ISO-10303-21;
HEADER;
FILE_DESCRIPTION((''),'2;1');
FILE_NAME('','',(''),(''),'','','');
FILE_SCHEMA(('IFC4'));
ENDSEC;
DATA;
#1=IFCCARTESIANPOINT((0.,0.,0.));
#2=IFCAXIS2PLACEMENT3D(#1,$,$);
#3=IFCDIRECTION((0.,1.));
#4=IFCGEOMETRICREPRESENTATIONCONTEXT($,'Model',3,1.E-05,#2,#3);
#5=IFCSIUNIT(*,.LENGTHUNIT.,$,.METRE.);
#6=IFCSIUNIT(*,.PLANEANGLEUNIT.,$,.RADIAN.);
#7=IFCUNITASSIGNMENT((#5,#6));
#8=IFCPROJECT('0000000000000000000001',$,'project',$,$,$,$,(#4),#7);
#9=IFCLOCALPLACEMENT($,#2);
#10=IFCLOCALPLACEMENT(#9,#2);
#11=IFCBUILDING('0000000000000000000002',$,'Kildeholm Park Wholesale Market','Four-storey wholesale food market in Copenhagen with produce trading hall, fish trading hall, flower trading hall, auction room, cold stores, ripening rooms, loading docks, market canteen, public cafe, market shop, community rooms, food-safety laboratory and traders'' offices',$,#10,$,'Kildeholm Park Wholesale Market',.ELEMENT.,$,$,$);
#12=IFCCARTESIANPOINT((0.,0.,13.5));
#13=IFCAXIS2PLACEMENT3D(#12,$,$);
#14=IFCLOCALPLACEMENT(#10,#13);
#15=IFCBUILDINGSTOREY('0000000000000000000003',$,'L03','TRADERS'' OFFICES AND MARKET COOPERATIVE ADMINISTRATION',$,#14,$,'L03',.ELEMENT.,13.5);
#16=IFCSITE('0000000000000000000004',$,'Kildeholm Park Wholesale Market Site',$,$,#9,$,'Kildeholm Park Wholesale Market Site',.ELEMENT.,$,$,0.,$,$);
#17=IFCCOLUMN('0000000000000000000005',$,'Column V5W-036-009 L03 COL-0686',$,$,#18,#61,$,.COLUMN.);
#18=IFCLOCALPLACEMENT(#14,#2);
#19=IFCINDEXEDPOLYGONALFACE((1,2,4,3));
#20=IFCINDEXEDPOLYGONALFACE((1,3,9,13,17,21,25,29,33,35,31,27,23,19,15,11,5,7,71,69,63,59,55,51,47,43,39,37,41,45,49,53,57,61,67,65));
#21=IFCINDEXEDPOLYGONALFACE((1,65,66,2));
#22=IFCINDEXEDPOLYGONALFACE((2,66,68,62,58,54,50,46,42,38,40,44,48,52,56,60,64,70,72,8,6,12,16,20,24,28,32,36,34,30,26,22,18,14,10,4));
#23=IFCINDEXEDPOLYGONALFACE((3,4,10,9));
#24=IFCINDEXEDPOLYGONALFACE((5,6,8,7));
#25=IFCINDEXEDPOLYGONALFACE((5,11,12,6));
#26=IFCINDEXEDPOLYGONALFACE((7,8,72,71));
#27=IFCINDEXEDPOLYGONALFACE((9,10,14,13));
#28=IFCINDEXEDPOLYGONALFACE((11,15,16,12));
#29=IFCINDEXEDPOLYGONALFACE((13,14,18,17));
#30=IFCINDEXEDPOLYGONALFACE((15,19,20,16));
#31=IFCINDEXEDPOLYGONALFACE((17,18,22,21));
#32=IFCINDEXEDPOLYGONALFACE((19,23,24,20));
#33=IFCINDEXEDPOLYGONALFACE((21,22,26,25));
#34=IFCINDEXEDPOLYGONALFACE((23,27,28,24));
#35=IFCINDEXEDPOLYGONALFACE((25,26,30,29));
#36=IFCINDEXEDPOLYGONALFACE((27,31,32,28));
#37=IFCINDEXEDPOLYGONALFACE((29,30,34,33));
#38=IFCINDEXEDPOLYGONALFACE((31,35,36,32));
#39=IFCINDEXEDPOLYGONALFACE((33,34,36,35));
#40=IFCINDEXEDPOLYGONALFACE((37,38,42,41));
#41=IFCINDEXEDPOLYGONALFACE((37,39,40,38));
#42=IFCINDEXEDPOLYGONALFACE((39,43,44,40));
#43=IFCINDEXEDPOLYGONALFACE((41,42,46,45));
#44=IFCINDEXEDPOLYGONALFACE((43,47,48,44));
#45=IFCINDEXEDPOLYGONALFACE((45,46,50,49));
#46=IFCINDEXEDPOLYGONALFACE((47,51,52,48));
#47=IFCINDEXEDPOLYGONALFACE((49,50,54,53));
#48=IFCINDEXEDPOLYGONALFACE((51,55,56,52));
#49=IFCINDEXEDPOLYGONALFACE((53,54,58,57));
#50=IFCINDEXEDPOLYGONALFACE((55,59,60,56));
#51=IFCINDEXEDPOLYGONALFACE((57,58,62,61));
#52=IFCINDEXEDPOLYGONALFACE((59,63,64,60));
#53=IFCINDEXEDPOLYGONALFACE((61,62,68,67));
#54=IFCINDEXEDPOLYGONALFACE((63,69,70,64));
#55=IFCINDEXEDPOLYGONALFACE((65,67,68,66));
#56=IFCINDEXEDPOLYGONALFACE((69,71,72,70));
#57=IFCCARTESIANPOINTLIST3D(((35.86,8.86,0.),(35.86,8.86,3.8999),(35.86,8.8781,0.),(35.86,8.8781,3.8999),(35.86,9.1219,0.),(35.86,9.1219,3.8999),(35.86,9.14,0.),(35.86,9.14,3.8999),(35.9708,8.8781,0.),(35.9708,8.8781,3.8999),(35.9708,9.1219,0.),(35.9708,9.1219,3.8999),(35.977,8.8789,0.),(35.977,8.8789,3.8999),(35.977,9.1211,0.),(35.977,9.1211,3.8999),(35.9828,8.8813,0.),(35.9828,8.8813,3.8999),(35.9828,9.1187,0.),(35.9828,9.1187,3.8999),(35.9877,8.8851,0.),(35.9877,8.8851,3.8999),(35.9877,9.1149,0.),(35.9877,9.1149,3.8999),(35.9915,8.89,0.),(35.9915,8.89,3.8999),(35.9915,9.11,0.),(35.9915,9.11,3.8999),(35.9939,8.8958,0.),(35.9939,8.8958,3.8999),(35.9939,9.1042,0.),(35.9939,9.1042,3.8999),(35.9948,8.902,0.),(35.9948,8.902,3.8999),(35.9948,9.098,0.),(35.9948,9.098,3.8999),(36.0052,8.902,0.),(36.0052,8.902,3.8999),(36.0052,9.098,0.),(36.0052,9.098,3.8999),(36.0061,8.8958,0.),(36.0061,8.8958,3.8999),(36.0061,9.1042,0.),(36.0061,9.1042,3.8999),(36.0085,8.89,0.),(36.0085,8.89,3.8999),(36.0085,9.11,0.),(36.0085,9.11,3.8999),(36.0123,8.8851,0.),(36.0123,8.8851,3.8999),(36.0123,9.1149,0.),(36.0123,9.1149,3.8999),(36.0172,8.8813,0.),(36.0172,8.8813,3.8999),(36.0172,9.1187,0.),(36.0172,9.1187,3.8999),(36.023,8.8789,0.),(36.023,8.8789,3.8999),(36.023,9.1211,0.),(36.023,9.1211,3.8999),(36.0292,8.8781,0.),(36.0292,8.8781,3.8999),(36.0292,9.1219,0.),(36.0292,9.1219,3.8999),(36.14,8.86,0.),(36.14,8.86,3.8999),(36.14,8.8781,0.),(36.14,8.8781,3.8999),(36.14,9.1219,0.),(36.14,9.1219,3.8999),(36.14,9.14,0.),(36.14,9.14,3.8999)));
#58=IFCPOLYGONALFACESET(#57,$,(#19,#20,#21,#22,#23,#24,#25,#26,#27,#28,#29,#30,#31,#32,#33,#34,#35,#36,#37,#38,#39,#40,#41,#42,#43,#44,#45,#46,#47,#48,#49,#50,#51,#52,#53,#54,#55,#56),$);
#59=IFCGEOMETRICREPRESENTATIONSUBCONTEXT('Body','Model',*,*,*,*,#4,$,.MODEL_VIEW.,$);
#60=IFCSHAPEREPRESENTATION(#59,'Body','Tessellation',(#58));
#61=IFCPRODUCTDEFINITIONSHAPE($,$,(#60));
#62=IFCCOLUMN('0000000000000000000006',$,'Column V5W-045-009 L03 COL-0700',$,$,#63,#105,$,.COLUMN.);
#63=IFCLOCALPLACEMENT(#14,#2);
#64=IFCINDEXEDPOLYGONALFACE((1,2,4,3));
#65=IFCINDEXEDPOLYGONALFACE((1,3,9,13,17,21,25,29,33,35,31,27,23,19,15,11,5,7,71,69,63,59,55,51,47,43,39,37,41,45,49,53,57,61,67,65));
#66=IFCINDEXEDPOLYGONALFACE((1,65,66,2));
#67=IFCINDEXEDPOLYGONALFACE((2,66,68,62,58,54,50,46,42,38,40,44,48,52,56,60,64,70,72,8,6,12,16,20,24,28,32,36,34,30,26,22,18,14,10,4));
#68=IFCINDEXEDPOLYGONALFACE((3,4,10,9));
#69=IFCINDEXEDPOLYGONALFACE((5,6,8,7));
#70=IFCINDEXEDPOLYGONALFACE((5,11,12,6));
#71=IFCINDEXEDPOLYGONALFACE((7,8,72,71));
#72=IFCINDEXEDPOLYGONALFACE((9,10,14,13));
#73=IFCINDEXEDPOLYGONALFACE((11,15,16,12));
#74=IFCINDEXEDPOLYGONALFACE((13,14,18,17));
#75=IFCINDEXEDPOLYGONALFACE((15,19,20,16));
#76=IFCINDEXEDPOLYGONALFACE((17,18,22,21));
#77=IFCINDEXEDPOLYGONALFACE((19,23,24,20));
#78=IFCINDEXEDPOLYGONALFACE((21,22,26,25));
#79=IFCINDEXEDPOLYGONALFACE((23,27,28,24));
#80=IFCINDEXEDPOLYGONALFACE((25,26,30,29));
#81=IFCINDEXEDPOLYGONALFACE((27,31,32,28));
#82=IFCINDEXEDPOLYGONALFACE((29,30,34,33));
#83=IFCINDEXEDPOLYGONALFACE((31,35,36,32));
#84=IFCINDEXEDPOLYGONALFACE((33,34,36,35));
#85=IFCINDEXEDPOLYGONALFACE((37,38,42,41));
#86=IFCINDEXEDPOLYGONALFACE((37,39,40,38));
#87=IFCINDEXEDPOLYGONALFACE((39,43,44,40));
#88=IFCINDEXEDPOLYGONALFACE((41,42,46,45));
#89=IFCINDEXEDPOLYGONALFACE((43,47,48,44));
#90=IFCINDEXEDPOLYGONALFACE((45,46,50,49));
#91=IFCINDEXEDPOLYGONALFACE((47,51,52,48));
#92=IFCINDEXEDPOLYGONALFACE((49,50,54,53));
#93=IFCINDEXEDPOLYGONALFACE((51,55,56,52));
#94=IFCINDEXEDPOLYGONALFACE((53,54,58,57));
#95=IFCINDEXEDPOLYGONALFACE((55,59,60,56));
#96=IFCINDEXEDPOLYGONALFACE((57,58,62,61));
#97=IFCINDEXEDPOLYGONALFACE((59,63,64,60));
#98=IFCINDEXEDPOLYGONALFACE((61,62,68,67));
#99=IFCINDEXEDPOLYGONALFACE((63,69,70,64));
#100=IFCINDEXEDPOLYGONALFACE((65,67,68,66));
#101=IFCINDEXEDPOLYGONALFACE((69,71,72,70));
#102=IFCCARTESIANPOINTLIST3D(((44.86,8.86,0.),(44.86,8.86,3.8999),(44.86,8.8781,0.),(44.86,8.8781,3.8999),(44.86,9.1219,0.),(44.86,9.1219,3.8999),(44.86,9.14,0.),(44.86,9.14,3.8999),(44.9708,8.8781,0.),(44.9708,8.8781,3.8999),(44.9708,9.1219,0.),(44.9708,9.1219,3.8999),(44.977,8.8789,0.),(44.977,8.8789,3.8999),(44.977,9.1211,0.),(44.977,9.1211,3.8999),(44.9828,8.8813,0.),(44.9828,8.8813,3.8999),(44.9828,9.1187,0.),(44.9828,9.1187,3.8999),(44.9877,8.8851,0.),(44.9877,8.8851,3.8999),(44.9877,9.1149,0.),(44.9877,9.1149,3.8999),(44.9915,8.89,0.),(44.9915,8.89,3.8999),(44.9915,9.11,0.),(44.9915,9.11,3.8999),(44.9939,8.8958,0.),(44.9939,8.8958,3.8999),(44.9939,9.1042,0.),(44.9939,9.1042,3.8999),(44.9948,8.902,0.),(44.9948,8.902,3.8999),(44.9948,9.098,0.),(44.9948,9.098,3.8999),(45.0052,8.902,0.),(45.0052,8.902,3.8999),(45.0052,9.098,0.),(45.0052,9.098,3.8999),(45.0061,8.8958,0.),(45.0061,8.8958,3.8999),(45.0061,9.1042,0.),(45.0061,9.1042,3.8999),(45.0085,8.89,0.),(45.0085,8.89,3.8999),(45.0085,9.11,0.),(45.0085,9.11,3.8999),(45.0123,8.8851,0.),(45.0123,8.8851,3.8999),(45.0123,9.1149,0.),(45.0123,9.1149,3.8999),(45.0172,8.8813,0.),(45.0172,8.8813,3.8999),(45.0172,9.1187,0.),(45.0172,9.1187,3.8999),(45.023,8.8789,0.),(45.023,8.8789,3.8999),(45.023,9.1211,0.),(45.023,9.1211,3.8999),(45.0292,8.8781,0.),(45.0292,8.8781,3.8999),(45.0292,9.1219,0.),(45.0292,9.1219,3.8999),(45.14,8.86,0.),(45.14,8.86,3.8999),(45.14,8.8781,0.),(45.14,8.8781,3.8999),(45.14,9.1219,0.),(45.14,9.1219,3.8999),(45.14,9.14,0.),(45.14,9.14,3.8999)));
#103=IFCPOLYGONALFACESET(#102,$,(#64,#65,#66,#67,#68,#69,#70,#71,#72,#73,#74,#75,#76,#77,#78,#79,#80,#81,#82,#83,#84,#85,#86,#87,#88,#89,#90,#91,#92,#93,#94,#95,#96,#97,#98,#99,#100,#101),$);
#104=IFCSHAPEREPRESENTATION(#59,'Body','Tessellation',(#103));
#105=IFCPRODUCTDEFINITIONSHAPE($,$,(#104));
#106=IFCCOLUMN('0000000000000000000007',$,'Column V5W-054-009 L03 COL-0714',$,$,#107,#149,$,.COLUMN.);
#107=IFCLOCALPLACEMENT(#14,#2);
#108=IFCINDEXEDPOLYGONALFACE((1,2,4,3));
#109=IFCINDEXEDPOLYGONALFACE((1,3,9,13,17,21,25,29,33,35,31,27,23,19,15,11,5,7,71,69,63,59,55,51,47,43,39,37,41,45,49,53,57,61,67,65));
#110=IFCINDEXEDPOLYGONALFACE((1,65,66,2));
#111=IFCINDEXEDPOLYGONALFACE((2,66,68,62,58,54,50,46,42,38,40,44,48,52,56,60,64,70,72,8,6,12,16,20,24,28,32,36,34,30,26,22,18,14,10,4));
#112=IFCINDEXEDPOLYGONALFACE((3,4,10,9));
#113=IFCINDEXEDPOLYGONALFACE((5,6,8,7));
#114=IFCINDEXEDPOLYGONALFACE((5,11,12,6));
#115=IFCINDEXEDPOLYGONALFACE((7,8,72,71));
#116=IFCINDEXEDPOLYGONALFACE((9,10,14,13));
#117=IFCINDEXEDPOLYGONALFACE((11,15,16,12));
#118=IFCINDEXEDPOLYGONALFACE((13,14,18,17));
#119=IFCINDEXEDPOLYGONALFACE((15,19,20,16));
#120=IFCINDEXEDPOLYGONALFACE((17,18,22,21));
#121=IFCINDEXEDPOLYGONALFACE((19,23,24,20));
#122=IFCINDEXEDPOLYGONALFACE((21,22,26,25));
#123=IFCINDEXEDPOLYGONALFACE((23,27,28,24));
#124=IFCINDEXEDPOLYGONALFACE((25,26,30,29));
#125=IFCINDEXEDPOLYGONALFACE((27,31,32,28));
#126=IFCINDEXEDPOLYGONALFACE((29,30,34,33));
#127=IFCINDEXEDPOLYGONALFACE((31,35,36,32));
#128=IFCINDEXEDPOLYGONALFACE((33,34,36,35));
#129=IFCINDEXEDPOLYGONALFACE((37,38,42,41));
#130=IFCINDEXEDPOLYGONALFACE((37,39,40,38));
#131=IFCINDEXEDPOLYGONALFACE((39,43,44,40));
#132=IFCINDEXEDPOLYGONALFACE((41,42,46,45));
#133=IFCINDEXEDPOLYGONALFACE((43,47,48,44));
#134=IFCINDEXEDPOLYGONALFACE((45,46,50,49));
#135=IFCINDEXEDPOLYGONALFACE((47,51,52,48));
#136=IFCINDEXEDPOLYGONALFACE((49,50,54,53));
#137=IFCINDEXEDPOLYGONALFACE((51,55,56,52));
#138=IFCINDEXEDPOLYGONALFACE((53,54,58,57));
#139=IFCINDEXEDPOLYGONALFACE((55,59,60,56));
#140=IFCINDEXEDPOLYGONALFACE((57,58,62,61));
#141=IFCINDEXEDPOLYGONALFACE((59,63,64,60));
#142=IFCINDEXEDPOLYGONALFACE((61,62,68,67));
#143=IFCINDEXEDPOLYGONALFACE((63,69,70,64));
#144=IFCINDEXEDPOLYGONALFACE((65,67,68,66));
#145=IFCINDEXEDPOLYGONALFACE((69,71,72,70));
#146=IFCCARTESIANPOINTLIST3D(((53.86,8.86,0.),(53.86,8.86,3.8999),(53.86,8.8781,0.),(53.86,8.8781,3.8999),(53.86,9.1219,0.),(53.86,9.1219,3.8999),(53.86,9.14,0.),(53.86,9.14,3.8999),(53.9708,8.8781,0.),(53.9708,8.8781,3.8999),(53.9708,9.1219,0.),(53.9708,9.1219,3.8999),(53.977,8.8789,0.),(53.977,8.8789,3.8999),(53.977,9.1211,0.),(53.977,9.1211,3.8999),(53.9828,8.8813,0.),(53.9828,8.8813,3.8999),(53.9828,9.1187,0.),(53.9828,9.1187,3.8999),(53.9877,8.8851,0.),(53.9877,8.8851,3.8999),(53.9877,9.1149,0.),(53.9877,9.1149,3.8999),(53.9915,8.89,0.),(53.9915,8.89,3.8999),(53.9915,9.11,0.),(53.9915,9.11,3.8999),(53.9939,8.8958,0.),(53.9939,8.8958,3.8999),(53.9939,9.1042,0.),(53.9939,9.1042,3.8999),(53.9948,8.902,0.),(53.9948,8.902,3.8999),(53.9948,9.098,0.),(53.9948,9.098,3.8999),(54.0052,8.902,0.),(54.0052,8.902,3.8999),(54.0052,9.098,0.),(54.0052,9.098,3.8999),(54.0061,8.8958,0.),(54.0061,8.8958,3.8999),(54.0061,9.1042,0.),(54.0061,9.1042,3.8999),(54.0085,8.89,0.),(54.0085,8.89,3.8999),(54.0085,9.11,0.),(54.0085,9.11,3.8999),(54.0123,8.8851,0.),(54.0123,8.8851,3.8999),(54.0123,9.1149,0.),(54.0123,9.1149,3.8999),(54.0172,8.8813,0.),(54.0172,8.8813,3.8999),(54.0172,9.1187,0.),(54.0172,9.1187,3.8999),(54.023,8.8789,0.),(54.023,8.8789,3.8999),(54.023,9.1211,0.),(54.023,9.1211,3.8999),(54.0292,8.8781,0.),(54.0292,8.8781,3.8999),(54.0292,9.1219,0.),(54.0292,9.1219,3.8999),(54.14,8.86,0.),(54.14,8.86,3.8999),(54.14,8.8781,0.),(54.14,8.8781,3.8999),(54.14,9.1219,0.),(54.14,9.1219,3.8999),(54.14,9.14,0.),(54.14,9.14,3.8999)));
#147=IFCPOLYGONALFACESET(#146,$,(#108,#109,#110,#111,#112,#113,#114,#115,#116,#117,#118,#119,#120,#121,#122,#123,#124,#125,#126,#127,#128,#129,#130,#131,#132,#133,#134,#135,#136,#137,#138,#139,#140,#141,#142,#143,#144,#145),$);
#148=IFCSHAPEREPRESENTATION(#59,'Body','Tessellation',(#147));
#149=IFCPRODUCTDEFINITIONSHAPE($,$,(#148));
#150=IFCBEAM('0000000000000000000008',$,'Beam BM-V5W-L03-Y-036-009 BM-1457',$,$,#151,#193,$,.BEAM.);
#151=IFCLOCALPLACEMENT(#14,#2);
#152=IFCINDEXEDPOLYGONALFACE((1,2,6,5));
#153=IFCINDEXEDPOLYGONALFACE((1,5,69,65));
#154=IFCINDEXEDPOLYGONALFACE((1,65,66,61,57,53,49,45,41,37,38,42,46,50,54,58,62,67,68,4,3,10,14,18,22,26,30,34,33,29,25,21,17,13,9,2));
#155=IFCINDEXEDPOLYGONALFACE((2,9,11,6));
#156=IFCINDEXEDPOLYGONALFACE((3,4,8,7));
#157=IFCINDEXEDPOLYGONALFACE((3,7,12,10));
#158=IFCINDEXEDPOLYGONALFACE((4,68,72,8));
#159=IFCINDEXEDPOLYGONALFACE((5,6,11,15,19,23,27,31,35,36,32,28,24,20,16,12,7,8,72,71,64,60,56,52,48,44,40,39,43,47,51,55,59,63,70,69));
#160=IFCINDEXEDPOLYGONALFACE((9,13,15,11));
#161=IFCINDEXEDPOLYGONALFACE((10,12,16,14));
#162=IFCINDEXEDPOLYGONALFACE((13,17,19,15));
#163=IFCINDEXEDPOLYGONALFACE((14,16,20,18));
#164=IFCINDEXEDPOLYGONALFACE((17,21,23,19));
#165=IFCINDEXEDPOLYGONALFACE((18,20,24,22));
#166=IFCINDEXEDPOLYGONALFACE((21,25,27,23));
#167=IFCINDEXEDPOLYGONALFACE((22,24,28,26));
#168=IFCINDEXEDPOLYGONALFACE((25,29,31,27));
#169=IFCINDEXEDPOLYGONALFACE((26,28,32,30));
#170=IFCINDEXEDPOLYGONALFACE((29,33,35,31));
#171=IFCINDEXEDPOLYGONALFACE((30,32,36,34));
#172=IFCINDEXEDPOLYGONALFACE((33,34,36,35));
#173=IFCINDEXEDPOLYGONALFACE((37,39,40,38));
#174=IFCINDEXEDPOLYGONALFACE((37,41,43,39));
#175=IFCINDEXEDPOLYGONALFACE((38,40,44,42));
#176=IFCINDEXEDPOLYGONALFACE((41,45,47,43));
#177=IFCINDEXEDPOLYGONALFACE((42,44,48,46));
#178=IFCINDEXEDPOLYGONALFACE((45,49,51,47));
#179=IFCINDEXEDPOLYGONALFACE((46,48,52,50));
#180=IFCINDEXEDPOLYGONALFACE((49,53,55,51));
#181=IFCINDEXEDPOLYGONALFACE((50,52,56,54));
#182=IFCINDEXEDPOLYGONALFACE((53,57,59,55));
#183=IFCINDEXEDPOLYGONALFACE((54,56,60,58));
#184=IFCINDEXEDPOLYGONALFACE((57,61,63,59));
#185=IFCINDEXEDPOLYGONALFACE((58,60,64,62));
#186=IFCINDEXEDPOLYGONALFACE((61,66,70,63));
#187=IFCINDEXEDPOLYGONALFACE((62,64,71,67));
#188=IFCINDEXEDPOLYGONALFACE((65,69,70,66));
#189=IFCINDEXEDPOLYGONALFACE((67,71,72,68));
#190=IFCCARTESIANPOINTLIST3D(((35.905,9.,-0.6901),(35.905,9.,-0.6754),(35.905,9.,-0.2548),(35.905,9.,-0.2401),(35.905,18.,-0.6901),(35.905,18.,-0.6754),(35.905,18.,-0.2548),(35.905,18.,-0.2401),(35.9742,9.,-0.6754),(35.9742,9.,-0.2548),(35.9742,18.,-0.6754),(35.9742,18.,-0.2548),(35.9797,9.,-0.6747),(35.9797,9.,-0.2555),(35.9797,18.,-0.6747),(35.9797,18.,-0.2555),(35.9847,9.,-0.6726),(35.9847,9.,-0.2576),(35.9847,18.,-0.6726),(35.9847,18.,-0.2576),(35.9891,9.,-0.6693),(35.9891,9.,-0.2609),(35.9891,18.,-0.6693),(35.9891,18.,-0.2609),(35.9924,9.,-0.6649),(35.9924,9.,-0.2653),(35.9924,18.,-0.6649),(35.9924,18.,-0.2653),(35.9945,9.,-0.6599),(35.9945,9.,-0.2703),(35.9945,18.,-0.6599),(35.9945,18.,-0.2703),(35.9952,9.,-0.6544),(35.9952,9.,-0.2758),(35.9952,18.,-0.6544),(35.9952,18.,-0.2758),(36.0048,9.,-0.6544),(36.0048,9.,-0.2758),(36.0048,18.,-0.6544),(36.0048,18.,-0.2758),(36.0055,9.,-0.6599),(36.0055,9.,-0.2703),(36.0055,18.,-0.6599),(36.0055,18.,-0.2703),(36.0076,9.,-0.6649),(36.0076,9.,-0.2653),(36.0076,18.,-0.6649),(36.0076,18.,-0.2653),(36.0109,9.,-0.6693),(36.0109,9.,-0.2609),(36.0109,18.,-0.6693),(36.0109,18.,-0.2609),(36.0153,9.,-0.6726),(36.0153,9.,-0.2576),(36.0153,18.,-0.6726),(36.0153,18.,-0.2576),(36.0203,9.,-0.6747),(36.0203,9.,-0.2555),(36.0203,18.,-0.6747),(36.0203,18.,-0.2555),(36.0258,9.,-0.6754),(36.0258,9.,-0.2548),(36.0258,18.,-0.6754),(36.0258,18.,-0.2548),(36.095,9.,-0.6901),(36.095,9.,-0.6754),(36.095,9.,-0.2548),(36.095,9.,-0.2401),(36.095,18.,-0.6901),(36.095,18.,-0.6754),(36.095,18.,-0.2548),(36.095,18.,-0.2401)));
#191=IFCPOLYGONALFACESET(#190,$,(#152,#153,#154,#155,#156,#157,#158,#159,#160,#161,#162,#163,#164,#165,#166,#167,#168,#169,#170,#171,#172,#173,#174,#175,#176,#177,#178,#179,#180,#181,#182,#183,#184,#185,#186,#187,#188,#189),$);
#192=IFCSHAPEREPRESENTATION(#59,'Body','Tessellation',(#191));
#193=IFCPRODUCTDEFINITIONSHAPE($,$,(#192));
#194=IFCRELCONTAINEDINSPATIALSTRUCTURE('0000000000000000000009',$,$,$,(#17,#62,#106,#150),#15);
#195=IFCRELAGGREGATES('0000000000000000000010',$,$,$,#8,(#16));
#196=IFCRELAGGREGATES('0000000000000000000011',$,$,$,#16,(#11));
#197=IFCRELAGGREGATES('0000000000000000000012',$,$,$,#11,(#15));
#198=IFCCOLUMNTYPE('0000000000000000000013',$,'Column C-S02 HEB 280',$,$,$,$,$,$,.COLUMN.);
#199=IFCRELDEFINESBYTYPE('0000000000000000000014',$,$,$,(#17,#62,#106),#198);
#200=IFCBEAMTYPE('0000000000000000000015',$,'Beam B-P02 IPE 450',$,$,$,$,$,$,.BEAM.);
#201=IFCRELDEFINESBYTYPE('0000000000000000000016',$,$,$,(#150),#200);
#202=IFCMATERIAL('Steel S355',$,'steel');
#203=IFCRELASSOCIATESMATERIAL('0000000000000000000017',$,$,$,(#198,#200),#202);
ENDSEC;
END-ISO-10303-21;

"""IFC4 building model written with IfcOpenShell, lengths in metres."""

from ifc_helpers import new_model, si_unit, direction, frame, origin, origin_2d, place, context, subcontext, project, spatial, i_section, extrude, material, material_profile, profile_set, type_object, element, save


model = new_model("IFC4")

# Units and contexts
model_context = context("Model", 3, precision=1e-05, world=origin(), true_north=direction((0.0, 1.0)))
body_context = subcontext(model_context, "Body", "Model", "MODEL_VIEW")
ifc_project = project(units=[si_unit("LENGTHUNIT", "METRE"), si_unit("PLANEANGLEUNIT", "RADIAN")], contexts=[model_context])

# Site, building, storey
site_placement = place(None, origin())
site = spatial("IfcSite", under=ifc_project, at=site_placement, Name="Kildeholm Park Wholesale Market Site", LongName="Kildeholm Park Wholesale Market Site", CompositionType="ELEMENT", RefElevation=0.0)
building_placement = place(site_placement, origin())
building = spatial("IfcBuilding", under=site, at=building_placement, Name="Kildeholm Park Wholesale Market", Description="Four-storey wholesale food market in Copenhagen with produce trading hall, fish trading hall, flower trading hall, auction room, cold stores, ripening rooms, loading docks, market canteen, public cafe, market shop, community rooms, food-safety laboratory and traders' offices", LongName="Kildeholm Park Wholesale Market", CompositionType="ELEMENT")
storey_placement = place(building_placement, frame((0.0, 0.0, 13.5)))
storey = spatial("IfcBuildingStorey", under=building, at=storey_placement, Name="L03", Description="TRADERS' OFFICES AND MARKET COOPERATIVE ADMINISTRATION", LongName="L03", CompositionType="ELEMENT", Elevation=13.5)

# Columns
ifc_material_1 = material(Name="Steel S355", Category="steel")
ifc_material_profile_1 = material_profile(ifc_material_1, i_section(OverallWidth=0.28, OverallDepth=0.28, WebThickness=0.0105, FlangeThickness=0.0181, FilletRadius=0.0239, at=origin_2d()), Name="HEB 280")
ifc_profile_set_1 = profile_set([ifc_material_profile_1], Name="Steel S355")
column_type = type_object("IfcColumnType", Name="Column C-S02 HEB 280", PredefinedType="COLUMN", material=ifc_profile_set_1)
for number, where, z_axis, x_axis, name in (
    (1, (36.0, 9.0, 0.0), (0.0, 0.0, 1.0), (1.0, 0.0, 0.0), "Column V5W-036-009 L03 COL-0686"),
    (2, (45.0, 9.0, 0.0), (0.0, 0.0, 1.0), (1.0, 0.0, 0.0), "Column V5W-045-009 L03 COL-0700"),
    (3, (54.0, 9.0, 0.0), (0.0, 0.0, 1.0), (1.0, 0.0, 0.0), "Column V5W-054-009 L03 COL-0714"),
):
    element("IfcColumn", number, at=place(storey_placement, frame(where, z_axis=z_axis, x_axis=x_axis)), inside=storey, type_object=column_type, Name=name, PredefinedType="COLUMN", context=body_context, shape_type="SweptSolid", body=[
        extrude(i_section(OverallWidth=0.28, OverallDepth=0.28, WebThickness=0.0105, FlangeThickness=0.0181, FilletRadius=0.0239, at=origin_2d()), origin(), (0.0, 0.0, 1.0), 3.8999),
    ])

# Beam
ifc_material_profile_2 = material_profile(ifc_material_1, i_section(OverallWidth=0.1899, OverallDepth=0.45, WebThickness=0.0095, FlangeThickness=0.0146, FilletRadius=0.021, at=origin_2d()), Name="IPE 450")
ifc_profile_set_2 = profile_set([ifc_material_profile_2], Name="Steel S355")
beam_type_1 = type_object("IfcBeamType", Name="Beam B-P02 IPE 450", PredefinedType="BEAM", material=ifc_profile_set_2)
for number, where, z_axis, x_axis, name in (
    (4, (36.0, 9.0, -0.4651), (0.0, 1.0, 0.0), (-1.0, 0.0, 0.0), "Beam BM-V5W-L03-Y-036-009 BM-1457"),
):
    element("IfcBeam", number, at=place(storey_placement, frame(where, z_axis=z_axis, x_axis=x_axis)), inside=storey, type_object=beam_type_1, Name=name, PredefinedType="BEAM", context=body_context, shape_type="SweptSolid", body=[
        extrude(i_section(OverallWidth=0.1899, OverallDepth=0.45, WebThickness=0.0095, FlangeThickness=0.0146, FilletRadius=0.021, at=origin_2d()), origin(), (0.0, 0.0, 1.0), 9.0),
    ])

save(model, "model.ifc")
